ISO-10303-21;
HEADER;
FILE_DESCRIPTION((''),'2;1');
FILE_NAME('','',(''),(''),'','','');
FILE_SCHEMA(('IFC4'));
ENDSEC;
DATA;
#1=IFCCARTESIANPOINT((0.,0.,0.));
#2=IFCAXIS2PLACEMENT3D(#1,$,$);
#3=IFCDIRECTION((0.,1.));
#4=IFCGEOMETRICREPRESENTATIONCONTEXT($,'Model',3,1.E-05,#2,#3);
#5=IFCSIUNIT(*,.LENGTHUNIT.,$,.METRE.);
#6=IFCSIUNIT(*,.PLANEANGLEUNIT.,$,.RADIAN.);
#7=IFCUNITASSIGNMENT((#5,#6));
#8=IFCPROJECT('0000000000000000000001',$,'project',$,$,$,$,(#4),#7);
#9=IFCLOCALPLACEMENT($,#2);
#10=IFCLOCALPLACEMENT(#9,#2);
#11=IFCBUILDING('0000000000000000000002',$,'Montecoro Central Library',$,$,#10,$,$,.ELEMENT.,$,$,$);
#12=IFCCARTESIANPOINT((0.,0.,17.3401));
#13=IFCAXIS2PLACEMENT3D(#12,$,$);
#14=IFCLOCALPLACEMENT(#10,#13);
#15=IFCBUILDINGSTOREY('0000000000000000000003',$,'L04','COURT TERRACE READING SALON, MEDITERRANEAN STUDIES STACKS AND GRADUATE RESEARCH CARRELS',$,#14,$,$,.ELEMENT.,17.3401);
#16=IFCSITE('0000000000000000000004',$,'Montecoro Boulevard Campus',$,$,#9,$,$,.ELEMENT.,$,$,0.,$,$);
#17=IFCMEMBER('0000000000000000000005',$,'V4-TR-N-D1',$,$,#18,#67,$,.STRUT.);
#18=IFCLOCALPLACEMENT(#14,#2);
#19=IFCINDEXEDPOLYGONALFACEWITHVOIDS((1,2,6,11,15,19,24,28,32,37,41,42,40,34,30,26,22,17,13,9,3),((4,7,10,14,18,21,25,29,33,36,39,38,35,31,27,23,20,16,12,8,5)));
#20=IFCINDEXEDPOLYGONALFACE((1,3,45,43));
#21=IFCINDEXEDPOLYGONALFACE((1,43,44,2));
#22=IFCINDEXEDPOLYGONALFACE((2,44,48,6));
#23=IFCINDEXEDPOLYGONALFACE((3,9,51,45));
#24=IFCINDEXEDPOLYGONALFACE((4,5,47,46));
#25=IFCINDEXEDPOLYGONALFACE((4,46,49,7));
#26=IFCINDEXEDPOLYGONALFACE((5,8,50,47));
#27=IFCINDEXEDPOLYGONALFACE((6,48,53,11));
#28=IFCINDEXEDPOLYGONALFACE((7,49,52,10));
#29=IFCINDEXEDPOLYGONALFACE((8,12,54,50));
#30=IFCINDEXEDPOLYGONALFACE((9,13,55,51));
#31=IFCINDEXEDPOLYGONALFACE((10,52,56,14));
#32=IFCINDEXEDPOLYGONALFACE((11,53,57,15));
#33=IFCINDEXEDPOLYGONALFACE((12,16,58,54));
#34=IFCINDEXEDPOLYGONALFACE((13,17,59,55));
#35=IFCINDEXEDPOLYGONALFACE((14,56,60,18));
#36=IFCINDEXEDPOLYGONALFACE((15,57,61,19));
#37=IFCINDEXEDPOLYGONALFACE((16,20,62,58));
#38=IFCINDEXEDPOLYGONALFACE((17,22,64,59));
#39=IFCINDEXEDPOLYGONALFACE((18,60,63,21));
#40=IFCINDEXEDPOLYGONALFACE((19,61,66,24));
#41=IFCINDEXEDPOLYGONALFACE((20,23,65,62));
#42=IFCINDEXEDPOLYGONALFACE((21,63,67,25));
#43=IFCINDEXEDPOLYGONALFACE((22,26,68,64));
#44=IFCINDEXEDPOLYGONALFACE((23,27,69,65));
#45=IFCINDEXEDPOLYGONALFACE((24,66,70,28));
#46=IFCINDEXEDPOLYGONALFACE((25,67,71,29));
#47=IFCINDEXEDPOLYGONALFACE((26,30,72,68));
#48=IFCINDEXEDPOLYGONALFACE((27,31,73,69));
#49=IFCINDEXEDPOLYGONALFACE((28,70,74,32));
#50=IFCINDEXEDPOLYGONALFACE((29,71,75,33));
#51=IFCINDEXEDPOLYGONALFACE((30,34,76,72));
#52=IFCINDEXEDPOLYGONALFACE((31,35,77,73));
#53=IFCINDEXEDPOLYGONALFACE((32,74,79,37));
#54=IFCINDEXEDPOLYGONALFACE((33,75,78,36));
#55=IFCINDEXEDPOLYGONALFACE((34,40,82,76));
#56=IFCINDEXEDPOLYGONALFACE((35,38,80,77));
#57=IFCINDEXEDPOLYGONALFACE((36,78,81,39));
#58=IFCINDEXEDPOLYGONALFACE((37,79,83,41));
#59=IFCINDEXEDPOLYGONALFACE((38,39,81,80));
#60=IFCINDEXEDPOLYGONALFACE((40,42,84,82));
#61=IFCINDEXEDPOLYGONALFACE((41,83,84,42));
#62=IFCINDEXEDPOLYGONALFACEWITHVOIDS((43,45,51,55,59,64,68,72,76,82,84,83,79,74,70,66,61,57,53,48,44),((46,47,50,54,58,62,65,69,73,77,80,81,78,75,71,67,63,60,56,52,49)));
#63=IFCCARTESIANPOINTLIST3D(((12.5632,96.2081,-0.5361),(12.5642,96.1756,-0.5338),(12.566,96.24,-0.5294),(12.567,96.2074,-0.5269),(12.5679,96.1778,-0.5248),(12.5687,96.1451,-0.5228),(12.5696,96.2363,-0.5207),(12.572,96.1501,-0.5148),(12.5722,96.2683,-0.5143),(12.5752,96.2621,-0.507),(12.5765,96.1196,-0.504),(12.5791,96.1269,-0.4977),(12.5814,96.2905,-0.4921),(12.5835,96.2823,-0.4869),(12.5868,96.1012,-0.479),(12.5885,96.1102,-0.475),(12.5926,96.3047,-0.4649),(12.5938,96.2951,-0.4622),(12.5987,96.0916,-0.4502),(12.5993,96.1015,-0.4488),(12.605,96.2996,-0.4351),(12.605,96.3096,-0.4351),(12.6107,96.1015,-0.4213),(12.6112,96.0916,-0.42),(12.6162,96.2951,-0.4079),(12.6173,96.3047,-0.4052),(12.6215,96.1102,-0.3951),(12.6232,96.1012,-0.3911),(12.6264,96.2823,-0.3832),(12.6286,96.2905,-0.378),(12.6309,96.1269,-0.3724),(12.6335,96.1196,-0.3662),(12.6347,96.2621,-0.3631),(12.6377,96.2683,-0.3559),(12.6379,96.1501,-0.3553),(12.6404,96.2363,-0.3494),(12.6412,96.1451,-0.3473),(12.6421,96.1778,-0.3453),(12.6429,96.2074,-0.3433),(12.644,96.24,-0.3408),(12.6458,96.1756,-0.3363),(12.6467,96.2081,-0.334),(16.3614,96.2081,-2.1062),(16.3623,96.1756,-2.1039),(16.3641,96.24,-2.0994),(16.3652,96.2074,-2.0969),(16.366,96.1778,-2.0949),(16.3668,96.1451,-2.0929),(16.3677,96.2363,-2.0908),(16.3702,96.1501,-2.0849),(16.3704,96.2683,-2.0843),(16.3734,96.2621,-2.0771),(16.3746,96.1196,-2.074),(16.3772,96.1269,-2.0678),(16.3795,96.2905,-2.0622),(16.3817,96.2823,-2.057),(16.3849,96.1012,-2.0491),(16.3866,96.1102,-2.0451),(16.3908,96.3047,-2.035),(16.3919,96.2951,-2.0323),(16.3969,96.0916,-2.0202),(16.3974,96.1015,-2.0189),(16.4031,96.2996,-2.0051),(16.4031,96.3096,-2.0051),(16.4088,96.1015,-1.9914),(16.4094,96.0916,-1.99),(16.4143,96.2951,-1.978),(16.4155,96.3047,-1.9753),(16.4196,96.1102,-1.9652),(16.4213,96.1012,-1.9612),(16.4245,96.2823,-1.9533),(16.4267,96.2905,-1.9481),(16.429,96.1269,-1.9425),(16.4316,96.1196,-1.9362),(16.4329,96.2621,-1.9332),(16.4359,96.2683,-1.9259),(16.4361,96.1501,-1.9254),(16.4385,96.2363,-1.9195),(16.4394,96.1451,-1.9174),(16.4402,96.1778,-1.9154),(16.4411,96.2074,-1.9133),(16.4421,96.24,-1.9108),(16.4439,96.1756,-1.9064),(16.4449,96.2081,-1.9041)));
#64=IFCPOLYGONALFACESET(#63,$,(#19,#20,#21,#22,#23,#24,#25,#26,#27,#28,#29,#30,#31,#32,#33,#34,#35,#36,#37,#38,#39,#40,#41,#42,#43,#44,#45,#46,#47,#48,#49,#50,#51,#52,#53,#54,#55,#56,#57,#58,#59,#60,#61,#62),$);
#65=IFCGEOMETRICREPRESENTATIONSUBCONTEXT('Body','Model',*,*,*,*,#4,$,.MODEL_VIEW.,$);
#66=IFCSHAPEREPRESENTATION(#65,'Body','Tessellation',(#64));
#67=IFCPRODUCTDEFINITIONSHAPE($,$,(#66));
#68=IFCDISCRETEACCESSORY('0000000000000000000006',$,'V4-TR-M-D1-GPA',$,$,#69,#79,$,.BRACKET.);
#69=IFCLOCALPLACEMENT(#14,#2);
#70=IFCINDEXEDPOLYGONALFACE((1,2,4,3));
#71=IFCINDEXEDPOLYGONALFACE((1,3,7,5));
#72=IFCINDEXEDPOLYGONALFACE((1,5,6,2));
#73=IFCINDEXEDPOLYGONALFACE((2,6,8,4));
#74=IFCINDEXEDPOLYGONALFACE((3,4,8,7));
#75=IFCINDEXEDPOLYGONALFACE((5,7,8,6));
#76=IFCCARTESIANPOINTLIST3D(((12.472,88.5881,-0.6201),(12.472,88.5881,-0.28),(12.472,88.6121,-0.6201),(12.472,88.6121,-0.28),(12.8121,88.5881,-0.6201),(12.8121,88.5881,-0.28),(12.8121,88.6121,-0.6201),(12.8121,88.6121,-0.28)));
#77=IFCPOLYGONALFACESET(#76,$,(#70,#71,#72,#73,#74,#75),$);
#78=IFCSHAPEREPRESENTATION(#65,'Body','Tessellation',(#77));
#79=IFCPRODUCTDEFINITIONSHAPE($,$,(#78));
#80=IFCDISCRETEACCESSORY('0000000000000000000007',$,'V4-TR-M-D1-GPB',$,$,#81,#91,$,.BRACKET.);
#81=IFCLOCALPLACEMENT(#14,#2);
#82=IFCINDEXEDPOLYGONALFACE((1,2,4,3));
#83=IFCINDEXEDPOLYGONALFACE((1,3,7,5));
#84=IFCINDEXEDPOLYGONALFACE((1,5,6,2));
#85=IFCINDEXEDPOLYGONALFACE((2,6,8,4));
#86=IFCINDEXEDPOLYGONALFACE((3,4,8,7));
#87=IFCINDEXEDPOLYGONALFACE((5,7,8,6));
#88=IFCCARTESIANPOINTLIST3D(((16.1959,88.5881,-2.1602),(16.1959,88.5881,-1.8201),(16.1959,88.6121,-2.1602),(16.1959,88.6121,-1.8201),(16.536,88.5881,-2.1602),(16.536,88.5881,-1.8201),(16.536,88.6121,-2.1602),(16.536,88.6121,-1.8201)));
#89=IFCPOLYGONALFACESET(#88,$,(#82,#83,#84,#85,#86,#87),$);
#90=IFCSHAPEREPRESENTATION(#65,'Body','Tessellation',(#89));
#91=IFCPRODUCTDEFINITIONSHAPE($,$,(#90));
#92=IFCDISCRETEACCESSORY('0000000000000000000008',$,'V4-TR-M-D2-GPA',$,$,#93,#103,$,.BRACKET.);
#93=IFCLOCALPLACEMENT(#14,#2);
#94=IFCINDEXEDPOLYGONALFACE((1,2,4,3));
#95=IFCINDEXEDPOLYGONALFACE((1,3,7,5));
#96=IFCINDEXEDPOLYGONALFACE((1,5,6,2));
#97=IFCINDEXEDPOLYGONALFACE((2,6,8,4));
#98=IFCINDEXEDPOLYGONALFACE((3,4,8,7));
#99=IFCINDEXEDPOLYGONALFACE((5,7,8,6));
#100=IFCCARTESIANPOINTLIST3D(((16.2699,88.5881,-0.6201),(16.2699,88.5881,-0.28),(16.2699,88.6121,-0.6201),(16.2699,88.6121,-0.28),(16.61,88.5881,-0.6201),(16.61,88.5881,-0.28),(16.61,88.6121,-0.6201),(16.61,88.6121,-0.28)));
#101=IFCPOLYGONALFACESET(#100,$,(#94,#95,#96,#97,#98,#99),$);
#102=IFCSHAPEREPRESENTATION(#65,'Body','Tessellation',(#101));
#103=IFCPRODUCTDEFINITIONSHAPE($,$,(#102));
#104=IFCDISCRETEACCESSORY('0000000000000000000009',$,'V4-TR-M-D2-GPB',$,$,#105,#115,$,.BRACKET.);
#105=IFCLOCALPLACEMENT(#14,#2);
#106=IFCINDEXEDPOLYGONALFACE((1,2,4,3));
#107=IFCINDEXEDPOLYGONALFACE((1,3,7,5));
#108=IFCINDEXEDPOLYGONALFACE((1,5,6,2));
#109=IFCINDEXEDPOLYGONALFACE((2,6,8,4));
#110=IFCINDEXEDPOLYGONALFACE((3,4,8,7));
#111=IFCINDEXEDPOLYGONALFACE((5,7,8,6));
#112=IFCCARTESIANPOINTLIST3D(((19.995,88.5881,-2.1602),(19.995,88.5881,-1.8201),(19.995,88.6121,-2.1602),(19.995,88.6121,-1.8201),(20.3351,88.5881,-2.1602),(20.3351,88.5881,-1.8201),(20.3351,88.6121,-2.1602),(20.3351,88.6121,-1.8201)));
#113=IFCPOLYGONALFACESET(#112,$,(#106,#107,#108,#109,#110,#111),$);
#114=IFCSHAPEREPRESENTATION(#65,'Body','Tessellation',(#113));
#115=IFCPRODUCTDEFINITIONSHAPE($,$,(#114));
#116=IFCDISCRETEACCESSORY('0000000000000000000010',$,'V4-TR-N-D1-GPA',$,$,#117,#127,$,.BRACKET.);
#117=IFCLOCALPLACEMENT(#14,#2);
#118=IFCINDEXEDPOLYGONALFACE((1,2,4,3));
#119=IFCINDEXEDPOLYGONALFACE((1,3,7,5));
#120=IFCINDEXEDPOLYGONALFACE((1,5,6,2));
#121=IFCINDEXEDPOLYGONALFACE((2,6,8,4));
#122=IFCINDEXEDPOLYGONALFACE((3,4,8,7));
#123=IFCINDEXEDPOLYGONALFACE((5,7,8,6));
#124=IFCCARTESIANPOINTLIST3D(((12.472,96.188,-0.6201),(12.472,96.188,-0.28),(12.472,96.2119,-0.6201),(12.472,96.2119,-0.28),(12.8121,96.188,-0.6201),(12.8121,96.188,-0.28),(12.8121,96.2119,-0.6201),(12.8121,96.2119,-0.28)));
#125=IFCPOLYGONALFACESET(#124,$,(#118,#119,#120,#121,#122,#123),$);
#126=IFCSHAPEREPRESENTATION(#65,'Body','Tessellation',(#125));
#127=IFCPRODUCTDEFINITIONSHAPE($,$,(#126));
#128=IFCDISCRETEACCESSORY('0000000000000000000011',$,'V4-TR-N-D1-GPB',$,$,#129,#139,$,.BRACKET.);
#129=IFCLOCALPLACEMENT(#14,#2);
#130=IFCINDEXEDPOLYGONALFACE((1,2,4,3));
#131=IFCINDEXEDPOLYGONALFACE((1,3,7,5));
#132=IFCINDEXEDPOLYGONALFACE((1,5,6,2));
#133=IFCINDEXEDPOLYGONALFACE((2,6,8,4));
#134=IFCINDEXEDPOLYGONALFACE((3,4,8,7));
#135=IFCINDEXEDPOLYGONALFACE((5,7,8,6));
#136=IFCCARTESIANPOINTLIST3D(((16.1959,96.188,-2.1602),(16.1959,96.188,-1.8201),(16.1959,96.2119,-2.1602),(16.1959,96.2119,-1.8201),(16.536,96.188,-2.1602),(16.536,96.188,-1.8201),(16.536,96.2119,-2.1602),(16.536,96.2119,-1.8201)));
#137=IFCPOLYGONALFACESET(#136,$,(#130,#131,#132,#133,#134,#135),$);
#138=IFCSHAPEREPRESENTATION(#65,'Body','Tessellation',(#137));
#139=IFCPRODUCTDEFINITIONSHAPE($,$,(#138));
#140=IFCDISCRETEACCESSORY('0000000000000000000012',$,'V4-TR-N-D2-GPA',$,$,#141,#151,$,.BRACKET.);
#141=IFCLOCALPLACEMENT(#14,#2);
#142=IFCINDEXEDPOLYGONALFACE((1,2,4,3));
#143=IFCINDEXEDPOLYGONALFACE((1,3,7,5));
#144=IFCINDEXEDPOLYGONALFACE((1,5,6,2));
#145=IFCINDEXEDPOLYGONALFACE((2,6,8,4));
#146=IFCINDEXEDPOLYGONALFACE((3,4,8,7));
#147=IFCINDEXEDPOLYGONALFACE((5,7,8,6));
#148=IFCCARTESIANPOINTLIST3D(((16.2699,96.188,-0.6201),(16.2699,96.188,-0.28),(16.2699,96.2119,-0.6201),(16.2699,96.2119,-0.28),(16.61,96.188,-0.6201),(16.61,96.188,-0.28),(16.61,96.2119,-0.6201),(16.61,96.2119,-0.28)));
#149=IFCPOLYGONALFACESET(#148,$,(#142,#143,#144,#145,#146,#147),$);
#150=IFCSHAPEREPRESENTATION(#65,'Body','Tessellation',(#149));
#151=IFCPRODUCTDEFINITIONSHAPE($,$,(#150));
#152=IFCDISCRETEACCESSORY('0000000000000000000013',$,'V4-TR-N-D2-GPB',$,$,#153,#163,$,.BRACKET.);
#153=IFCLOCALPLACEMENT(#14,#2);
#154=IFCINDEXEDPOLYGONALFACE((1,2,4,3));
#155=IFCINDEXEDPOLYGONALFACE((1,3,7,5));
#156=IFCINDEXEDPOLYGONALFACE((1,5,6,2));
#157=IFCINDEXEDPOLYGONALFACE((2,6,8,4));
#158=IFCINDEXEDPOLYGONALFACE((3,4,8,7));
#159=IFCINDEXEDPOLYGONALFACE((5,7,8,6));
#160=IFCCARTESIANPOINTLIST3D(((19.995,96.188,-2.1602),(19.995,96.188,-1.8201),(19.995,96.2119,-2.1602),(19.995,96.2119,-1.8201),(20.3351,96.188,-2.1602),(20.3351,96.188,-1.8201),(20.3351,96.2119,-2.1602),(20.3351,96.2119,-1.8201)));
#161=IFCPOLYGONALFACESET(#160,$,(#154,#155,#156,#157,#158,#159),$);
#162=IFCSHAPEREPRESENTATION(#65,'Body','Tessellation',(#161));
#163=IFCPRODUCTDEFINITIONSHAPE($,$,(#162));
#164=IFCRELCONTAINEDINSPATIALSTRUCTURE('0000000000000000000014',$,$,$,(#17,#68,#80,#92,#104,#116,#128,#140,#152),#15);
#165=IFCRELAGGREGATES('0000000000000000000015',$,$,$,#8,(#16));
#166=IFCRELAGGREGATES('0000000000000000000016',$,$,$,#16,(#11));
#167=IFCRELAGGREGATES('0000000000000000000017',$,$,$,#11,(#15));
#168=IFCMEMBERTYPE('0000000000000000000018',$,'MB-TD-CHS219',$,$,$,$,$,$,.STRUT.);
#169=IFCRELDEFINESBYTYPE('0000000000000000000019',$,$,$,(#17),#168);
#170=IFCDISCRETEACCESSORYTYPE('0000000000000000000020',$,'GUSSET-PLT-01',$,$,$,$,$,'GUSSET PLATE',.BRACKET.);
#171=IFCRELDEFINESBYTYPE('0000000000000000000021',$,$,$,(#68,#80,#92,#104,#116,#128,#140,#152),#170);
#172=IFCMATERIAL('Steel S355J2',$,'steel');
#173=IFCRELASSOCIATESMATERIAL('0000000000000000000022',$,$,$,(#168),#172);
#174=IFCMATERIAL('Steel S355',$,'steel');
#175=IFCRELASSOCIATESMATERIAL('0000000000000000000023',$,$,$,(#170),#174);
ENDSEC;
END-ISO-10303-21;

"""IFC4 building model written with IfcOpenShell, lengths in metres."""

from ifc_helpers import new_model, si_unit, direction, frame, origin, origin_2d, place, context, subcontext, project, spatial, rectangle, hollow_circle, extrude, material, material_profile, profile_set, type_object, element, save


model = new_model("IFC4")

# Units and contexts
model_context = context("Model", 3, precision=1e-05, world=origin(), true_north=direction((0.0, 1.0)))
body_context = subcontext(model_context, "Body", "Model", "MODEL_VIEW")
ifc_project = project(units=[si_unit("LENGTHUNIT", "METRE"), si_unit("PLANEANGLEUNIT", "RADIAN")], contexts=[model_context])

# Site, building, storey
site_placement = place(None, origin())
site = spatial("IfcSite", under=ifc_project, at=site_placement, Name="Montecoro Boulevard Campus", CompositionType="ELEMENT", RefElevation=0.0)
building_placement = place(site_placement, origin())
building = spatial("IfcBuilding", under=site, at=building_placement, Name="Montecoro Central Library", CompositionType="ELEMENT")
storey_placement = place(building_placement, frame((0.0, 0.0, 17.3401)))
storey = spatial("IfcBuildingStorey", under=building, at=storey_placement, Name="L04", Description="COURT TERRACE READING SALON, MEDITERRANEAN STUDIES STACKS AND GRADUATE RESEARCH CARRELS", CompositionType="ELEMENT", Elevation=17.3401)

# Shared definitions
ifc_material_1 = material(Name="Steel S355", Category="steel")

# Member
ifc_material_2 = material(Name="Steel S355J2", Category="steel")
ifc_material_profile_1 = material_profile(ifc_material_2, hollow_circle(Radius=0.1096, WallThickness=0.01, at=origin_2d()), Name="CHS 219.1x10.0")
ifc_profile_set_1 = profile_set([ifc_material_profile_1], Name="Steel S355J2")
member_type_1 = type_object("IfcMemberType", Name="MB-TD-CHS219", PredefinedType="STRUT", material=ifc_profile_set_1)
for number, where, z_axis, x_axis, name in (
    (1, (12.605, 96.2, -0.4351), (0.924151, 0.0, -0.382028), (0.0, 1.0, 0.0), "V4-TR-N-D1"),
):
    element("IfcMember", number, at=place(storey_placement, frame(where, z_axis=z_axis, x_axis=x_axis)), inside=storey, type_object=member_type_1, Name=name, PredefinedType="STRUT", context=body_context, shape_type="SweptSolid", body=[
        extrude(hollow_circle(Radius=0.1096, WallThickness=0.01, at=origin_2d()), origin(), (0.0, 0.0, 1.0), 4.1099),
    ])

# Discrete accessories
discrete_accessory_type = type_object("IfcDiscreteAccessoryType", Name="GUSSET-PLT-01", ElementType="GUSSET PLATE", PredefinedType="BRACKET", material=ifc_material_1)
for number, where, z_axis, x_axis, name in (
    (2, (12.6421, 88.6001, -0.6201), (0.0, 0.0, 1.0), (1.0, 0.0, 0.0), "V4-TR-M-D1-GPA"),
    (3, (16.366, 88.6001, -2.1602), (0.0, 0.0, 1.0), (1.0, 0.0, 0.0), "V4-TR-M-D1-GPB"),
    (4, (16.4399, 88.6001, -0.6201), (0.0, 0.0, 1.0), (1.0, 0.0, 0.0), "V4-TR-M-D2-GPA"),
    (5, (20.165, 88.6001, -2.1602), (0.0, 0.0, 1.0), (1.0, 0.0, 0.0), "V4-TR-M-D2-GPB"),
    (6, (12.6421, 96.2, -0.6201), (0.0, 0.0, 1.0), (1.0, 0.0, 0.0), "V4-TR-N-D1-GPA"),
    (7, (16.366, 96.2, -2.1602), (0.0, 0.0, 1.0), (1.0, 0.0, 0.0), "V4-TR-N-D1-GPB"),
    (8, (16.4399, 96.2, -0.6201), (0.0, 0.0, 1.0), (1.0, 0.0, 0.0), "V4-TR-N-D2-GPA"),
    (9, (20.165, 96.2, -2.1602), (0.0, 0.0, 1.0), (1.0, 0.0, 0.0), "V4-TR-N-D2-GPB"),
):
    element("IfcDiscreteAccessory", number, at=place(storey_placement, frame(where, z_axis=z_axis, x_axis=x_axis)), inside=storey, type_object=discrete_accessory_type, Name=name, PredefinedType="BRACKET", context=body_context, shape_type="SweptSolid", body=[
        extrude(rectangle(XDim=0.3401, YDim=0.0239, at=origin_2d()), origin(), (0.0, 0.0, 1.0), 0.3401),
    ])

save(model, "model.ifc")
